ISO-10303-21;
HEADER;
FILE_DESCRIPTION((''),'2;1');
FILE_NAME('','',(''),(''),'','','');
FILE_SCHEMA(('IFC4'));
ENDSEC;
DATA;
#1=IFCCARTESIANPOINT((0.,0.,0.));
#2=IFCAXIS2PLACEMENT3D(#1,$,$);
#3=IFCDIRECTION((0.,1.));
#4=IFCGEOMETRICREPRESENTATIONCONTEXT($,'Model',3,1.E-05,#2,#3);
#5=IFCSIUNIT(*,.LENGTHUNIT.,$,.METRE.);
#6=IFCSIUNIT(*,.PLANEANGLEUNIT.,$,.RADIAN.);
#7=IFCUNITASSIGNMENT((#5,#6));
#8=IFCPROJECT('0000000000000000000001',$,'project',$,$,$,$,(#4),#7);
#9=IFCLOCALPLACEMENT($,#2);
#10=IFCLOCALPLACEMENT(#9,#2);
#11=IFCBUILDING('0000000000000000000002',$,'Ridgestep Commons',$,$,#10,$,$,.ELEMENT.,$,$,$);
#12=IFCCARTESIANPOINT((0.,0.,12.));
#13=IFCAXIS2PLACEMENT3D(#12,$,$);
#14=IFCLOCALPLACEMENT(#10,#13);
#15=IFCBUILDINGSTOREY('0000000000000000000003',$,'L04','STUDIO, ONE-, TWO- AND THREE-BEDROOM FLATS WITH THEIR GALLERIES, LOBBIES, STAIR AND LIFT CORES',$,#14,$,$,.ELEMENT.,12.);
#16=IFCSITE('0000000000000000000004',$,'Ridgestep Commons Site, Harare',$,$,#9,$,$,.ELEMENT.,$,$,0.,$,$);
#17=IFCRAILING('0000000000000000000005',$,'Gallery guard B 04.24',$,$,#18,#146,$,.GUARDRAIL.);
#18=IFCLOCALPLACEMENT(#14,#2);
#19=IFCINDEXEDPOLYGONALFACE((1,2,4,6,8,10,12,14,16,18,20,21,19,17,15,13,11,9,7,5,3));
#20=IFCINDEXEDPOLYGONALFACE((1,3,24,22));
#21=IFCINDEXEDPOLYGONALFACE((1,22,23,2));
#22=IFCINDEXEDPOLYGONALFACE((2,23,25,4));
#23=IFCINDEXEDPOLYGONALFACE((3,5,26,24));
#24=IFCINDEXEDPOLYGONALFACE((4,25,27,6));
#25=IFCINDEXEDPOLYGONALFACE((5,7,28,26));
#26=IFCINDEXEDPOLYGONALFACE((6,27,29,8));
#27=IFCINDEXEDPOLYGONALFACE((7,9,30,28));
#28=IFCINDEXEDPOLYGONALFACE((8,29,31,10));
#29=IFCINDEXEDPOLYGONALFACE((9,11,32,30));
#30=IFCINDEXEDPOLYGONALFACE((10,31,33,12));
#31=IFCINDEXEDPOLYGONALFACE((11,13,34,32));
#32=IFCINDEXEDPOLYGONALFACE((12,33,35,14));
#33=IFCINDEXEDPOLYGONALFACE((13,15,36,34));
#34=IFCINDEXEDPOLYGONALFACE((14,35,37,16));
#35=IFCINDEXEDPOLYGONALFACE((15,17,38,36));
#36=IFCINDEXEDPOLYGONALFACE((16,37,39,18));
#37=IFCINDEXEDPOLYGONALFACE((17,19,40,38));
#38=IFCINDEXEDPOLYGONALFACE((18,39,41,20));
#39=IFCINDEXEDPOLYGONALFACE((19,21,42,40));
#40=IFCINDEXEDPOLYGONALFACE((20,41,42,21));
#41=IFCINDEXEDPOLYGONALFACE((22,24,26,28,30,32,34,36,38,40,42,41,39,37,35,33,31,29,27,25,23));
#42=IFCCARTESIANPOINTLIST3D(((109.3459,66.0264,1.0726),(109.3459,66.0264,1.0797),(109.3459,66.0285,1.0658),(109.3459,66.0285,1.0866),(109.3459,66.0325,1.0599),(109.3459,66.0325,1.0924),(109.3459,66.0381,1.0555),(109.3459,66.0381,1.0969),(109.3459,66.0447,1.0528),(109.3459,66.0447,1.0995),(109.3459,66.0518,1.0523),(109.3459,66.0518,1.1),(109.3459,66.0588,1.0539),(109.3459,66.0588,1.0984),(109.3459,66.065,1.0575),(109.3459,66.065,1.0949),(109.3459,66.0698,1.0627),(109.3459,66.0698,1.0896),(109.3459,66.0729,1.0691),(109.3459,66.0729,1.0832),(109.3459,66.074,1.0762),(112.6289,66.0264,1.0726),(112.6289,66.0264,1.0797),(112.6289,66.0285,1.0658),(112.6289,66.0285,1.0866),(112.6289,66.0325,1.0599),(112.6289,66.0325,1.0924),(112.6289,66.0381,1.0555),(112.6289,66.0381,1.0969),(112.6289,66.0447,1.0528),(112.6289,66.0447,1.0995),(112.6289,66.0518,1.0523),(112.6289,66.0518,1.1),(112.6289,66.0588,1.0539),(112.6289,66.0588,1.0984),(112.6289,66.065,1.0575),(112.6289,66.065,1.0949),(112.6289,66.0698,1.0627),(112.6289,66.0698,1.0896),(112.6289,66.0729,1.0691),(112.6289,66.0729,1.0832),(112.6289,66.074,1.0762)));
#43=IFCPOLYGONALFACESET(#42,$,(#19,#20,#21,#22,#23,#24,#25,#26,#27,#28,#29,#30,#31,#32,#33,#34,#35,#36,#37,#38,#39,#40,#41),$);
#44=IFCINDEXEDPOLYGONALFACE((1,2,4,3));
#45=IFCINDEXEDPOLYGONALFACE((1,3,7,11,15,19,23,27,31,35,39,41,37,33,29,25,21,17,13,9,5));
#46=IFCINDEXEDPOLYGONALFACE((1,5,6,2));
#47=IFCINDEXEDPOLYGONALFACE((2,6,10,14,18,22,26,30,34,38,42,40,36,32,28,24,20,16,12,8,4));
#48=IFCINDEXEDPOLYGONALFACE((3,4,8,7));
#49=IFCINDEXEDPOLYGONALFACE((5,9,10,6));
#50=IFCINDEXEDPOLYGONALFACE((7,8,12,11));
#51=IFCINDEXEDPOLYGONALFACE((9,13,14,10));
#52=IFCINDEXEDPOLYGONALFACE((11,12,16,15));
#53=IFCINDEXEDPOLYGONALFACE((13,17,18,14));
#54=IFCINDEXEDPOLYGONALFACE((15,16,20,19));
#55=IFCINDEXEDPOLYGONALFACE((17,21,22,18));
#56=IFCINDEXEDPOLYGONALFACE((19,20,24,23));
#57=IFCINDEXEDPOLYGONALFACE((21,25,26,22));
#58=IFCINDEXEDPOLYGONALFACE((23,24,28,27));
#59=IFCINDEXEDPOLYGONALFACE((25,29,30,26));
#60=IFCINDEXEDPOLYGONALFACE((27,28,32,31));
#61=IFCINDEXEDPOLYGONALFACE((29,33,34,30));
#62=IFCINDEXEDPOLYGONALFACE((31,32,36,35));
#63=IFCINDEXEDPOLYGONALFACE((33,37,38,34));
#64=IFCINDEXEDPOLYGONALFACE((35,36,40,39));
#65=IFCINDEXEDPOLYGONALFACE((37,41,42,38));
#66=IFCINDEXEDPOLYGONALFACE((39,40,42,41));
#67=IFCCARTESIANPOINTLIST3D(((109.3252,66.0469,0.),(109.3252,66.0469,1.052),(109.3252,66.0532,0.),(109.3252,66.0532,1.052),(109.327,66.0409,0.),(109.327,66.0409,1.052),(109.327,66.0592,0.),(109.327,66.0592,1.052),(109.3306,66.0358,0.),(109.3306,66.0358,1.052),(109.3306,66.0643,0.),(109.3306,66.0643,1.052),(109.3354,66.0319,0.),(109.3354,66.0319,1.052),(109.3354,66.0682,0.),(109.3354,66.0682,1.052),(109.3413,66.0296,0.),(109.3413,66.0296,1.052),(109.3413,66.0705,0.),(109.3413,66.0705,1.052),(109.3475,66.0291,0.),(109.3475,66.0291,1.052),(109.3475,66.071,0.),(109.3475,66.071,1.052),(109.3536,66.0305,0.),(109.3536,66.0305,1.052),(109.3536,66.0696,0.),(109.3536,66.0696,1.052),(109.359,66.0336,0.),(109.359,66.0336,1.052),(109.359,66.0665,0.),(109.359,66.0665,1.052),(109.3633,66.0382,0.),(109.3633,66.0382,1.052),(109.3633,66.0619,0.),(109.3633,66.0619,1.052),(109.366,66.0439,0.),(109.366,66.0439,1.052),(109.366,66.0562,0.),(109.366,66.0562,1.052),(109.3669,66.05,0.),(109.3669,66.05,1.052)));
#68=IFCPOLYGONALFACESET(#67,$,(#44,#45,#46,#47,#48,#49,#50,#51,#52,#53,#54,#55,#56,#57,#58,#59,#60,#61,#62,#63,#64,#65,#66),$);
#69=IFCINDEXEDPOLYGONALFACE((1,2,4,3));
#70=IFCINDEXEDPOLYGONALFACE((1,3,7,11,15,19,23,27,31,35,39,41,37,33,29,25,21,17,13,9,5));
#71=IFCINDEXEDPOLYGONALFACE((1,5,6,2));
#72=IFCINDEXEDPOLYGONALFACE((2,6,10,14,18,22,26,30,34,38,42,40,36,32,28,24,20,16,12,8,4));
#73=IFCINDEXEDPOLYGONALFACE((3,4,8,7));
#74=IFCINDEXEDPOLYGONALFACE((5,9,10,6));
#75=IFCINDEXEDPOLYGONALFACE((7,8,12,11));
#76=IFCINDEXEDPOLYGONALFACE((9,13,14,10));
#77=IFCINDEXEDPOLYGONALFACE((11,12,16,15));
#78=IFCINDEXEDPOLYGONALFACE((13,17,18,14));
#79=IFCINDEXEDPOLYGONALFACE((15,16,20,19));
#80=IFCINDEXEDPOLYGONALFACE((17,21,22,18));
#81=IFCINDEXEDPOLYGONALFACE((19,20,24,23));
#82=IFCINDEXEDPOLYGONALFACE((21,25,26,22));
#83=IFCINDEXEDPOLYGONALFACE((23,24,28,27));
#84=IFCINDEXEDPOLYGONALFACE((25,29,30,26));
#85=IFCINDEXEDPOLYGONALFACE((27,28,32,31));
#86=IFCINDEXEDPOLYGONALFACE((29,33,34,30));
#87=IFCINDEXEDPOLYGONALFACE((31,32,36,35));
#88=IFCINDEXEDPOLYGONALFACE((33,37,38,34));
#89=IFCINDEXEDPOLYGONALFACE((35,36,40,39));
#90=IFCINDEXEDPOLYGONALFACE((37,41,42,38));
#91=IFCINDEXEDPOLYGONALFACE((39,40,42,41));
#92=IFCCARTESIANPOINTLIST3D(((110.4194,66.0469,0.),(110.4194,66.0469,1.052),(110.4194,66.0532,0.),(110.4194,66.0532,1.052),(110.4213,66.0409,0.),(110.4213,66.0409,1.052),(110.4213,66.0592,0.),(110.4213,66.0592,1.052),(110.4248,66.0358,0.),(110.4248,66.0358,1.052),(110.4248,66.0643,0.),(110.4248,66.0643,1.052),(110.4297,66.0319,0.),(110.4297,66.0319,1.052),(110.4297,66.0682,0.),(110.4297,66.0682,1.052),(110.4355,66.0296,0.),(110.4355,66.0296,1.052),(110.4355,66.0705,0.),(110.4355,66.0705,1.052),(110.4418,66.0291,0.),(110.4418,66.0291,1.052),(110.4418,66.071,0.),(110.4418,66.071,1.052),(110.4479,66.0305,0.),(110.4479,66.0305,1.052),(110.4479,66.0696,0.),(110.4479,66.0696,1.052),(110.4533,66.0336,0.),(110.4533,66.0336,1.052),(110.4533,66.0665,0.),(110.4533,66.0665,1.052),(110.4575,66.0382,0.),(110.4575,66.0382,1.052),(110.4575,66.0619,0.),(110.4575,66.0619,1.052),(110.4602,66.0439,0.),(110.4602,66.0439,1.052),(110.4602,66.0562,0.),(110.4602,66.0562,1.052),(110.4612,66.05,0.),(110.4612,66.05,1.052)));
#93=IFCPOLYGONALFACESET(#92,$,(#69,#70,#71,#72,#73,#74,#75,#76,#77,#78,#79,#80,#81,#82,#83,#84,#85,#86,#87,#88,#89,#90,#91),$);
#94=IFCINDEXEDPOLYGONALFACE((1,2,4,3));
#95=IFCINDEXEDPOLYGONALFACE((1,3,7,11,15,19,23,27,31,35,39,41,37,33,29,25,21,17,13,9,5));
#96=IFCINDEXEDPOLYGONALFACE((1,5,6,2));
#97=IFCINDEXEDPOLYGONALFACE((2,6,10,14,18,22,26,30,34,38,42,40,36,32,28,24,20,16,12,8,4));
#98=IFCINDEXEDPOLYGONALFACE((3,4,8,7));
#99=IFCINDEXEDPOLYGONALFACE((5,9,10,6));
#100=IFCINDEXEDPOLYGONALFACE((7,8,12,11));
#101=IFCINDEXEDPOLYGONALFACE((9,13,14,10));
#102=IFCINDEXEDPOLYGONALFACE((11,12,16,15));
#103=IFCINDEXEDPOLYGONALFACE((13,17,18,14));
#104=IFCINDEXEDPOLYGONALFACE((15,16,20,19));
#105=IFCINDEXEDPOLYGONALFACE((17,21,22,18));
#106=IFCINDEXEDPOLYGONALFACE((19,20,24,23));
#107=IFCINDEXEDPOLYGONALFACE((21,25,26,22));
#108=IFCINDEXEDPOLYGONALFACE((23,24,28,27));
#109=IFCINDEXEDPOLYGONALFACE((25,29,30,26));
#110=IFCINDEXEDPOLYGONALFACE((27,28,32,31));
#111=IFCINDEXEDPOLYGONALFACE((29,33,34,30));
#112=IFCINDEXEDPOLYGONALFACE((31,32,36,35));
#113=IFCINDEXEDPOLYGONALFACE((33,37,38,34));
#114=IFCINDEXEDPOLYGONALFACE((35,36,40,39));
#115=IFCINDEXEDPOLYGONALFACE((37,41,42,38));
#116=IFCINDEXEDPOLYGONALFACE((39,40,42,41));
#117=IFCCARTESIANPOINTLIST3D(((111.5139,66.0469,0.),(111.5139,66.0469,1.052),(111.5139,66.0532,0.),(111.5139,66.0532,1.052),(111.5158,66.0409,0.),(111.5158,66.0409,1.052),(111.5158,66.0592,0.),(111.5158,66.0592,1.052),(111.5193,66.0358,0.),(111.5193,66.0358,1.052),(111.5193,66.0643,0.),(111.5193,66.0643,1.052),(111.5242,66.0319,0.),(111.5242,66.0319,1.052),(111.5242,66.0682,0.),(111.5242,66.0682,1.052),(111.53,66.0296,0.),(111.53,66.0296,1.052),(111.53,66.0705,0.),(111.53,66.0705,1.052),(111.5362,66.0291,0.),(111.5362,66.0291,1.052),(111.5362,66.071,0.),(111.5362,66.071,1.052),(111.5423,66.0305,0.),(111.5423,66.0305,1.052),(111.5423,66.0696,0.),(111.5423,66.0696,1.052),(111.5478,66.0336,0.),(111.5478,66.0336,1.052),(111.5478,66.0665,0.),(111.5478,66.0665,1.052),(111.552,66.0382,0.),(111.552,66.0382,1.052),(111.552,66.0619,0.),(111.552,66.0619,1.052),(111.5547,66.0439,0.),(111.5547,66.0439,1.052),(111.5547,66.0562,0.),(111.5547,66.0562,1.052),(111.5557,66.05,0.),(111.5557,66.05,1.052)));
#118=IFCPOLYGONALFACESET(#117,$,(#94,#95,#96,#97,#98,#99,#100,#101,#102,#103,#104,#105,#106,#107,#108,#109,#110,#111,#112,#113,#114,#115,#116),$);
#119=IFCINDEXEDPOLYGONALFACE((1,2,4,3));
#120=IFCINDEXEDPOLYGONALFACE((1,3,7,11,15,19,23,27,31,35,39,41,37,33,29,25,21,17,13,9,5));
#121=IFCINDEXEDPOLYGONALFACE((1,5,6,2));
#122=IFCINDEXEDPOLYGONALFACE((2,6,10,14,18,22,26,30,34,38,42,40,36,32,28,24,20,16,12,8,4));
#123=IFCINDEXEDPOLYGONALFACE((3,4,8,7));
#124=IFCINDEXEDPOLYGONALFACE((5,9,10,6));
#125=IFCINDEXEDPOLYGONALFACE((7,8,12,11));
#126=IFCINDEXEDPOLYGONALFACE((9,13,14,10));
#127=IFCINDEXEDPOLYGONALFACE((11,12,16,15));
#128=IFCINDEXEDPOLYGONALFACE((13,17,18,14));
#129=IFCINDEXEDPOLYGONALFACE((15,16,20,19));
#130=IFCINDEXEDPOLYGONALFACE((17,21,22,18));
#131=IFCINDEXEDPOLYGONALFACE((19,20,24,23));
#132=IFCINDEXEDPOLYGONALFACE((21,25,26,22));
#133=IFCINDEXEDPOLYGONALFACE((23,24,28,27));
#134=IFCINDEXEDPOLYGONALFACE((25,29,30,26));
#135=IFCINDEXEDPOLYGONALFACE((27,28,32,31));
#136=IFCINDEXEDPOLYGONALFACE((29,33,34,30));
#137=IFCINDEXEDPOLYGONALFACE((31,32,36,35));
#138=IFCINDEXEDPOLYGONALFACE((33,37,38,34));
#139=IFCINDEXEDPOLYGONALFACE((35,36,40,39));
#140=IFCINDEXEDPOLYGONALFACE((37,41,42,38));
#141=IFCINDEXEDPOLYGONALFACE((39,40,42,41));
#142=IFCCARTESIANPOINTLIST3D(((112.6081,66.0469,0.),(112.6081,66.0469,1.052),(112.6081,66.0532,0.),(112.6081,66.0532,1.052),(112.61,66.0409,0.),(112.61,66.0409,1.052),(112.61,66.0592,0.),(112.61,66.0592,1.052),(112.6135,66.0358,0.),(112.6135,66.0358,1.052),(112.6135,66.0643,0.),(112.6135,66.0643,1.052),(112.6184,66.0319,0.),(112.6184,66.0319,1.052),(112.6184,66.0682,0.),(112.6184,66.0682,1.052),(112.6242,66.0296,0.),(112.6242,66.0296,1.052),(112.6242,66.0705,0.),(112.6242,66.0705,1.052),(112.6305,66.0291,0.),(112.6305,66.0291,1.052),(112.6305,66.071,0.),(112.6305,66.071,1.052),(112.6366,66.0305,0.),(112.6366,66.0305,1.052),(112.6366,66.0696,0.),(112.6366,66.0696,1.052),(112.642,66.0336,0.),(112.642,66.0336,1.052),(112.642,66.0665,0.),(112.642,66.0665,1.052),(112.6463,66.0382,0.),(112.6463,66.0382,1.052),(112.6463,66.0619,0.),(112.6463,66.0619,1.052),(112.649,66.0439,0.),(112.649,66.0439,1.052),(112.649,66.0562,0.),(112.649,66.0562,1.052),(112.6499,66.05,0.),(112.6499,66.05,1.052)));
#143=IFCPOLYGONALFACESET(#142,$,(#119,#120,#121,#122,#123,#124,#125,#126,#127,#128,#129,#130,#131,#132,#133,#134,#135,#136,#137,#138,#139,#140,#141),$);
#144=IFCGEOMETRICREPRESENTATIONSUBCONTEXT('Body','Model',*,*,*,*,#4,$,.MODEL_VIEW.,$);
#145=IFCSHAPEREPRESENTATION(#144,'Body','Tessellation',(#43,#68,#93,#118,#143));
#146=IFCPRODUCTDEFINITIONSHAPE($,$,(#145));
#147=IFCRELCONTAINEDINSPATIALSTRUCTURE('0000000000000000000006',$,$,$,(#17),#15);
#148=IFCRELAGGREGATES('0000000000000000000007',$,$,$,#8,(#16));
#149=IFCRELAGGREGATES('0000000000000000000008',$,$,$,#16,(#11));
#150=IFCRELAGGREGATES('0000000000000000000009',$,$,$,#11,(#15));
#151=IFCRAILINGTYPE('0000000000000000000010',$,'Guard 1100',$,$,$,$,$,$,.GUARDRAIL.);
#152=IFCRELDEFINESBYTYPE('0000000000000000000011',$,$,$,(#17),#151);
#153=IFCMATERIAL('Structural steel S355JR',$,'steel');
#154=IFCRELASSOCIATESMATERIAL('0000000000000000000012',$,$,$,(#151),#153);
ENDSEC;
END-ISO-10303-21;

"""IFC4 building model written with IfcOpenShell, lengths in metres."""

from ifc_helpers import new_model, si_unit, direction, frame, origin, origin_2d, place, context, subcontext, project, spatial, circle, extrude, material, type_object, element, save


model = new_model("IFC4")

# Units and contexts
model_context = context("Model", 3, precision=1e-05, world=origin(), true_north=direction((0.0, 1.0)))
body_context = subcontext(model_context, "Body", "Model", "MODEL_VIEW")
ifc_project = project(units=[si_unit("LENGTHUNIT", "METRE"), si_unit("PLANEANGLEUNIT", "RADIAN")], contexts=[model_context])

# Site, building, storey
site_placement = place(None, origin())
site = spatial("IfcSite", under=ifc_project, at=site_placement, Name="Ridgestep Commons Site, Harare", CompositionType="ELEMENT", RefElevation=0.0)
building_placement = place(site_placement, origin())
building = spatial("IfcBuilding", under=site, at=building_placement, Name="Ridgestep Commons", CompositionType="ELEMENT")
storey_placement = place(building_placement, frame((0.0, 0.0, 12.0)))
storey = spatial("IfcBuildingStorey", under=building, at=storey_placement, Name="L04", Description="STUDIO, ONE-, TWO- AND THREE-BEDROOM FLATS WITH THEIR GALLERIES, LOBBIES, STAIR AND LIFT CORES", CompositionType="ELEMENT", Elevation=12.0)

# Railing
ifc_material_1 = material(Name="Structural steel S355JR", Category="steel")
railing_type = type_object("IfcRailingType", Name="Guard 1100", PredefinedType="GUARDRAIL", material=ifc_material_1)
railing_placement = place(storey_placement, frame((109.3459, 66.05, 0.0)))
element("IfcRailing", 1, at=railing_placement, inside=storey, type_object=railing_type, Name="Gallery guard B 04.24", PredefinedType="GUARDRAIL", context=body_context, shape_type="SweptSolid", body=[
    extrude(circle(Radius=0.0239, at=origin_2d()), frame((0.0, 0.0, 1.0762), z_axis=(1.0, 0.0, 0.0), x_axis=(0.0, 1.0, 0.0)), (0.0, 0.0, 1.0), 3.283),
    extrude(circle(Radius=0.021, at=origin_2d()), origin(), (0.0, 0.0, 1.0), 1.052),
    extrude(circle(Radius=0.021, at=origin_2d()), frame((1.0942, 0.0, 0.0)), (0.0, 0.0, 1.0), 1.052),
    extrude(circle(Radius=0.021, at=origin_2d()), frame((2.1887, 0.0, 0.0)), (0.0, 0.0, 1.0), 1.052),
    extrude(circle(Radius=0.021, at=origin_2d()), frame((3.283, 0.0, 0.0)), (0.0, 0.0, 1.0), 1.052),
])

save(model, "model.ifc")
